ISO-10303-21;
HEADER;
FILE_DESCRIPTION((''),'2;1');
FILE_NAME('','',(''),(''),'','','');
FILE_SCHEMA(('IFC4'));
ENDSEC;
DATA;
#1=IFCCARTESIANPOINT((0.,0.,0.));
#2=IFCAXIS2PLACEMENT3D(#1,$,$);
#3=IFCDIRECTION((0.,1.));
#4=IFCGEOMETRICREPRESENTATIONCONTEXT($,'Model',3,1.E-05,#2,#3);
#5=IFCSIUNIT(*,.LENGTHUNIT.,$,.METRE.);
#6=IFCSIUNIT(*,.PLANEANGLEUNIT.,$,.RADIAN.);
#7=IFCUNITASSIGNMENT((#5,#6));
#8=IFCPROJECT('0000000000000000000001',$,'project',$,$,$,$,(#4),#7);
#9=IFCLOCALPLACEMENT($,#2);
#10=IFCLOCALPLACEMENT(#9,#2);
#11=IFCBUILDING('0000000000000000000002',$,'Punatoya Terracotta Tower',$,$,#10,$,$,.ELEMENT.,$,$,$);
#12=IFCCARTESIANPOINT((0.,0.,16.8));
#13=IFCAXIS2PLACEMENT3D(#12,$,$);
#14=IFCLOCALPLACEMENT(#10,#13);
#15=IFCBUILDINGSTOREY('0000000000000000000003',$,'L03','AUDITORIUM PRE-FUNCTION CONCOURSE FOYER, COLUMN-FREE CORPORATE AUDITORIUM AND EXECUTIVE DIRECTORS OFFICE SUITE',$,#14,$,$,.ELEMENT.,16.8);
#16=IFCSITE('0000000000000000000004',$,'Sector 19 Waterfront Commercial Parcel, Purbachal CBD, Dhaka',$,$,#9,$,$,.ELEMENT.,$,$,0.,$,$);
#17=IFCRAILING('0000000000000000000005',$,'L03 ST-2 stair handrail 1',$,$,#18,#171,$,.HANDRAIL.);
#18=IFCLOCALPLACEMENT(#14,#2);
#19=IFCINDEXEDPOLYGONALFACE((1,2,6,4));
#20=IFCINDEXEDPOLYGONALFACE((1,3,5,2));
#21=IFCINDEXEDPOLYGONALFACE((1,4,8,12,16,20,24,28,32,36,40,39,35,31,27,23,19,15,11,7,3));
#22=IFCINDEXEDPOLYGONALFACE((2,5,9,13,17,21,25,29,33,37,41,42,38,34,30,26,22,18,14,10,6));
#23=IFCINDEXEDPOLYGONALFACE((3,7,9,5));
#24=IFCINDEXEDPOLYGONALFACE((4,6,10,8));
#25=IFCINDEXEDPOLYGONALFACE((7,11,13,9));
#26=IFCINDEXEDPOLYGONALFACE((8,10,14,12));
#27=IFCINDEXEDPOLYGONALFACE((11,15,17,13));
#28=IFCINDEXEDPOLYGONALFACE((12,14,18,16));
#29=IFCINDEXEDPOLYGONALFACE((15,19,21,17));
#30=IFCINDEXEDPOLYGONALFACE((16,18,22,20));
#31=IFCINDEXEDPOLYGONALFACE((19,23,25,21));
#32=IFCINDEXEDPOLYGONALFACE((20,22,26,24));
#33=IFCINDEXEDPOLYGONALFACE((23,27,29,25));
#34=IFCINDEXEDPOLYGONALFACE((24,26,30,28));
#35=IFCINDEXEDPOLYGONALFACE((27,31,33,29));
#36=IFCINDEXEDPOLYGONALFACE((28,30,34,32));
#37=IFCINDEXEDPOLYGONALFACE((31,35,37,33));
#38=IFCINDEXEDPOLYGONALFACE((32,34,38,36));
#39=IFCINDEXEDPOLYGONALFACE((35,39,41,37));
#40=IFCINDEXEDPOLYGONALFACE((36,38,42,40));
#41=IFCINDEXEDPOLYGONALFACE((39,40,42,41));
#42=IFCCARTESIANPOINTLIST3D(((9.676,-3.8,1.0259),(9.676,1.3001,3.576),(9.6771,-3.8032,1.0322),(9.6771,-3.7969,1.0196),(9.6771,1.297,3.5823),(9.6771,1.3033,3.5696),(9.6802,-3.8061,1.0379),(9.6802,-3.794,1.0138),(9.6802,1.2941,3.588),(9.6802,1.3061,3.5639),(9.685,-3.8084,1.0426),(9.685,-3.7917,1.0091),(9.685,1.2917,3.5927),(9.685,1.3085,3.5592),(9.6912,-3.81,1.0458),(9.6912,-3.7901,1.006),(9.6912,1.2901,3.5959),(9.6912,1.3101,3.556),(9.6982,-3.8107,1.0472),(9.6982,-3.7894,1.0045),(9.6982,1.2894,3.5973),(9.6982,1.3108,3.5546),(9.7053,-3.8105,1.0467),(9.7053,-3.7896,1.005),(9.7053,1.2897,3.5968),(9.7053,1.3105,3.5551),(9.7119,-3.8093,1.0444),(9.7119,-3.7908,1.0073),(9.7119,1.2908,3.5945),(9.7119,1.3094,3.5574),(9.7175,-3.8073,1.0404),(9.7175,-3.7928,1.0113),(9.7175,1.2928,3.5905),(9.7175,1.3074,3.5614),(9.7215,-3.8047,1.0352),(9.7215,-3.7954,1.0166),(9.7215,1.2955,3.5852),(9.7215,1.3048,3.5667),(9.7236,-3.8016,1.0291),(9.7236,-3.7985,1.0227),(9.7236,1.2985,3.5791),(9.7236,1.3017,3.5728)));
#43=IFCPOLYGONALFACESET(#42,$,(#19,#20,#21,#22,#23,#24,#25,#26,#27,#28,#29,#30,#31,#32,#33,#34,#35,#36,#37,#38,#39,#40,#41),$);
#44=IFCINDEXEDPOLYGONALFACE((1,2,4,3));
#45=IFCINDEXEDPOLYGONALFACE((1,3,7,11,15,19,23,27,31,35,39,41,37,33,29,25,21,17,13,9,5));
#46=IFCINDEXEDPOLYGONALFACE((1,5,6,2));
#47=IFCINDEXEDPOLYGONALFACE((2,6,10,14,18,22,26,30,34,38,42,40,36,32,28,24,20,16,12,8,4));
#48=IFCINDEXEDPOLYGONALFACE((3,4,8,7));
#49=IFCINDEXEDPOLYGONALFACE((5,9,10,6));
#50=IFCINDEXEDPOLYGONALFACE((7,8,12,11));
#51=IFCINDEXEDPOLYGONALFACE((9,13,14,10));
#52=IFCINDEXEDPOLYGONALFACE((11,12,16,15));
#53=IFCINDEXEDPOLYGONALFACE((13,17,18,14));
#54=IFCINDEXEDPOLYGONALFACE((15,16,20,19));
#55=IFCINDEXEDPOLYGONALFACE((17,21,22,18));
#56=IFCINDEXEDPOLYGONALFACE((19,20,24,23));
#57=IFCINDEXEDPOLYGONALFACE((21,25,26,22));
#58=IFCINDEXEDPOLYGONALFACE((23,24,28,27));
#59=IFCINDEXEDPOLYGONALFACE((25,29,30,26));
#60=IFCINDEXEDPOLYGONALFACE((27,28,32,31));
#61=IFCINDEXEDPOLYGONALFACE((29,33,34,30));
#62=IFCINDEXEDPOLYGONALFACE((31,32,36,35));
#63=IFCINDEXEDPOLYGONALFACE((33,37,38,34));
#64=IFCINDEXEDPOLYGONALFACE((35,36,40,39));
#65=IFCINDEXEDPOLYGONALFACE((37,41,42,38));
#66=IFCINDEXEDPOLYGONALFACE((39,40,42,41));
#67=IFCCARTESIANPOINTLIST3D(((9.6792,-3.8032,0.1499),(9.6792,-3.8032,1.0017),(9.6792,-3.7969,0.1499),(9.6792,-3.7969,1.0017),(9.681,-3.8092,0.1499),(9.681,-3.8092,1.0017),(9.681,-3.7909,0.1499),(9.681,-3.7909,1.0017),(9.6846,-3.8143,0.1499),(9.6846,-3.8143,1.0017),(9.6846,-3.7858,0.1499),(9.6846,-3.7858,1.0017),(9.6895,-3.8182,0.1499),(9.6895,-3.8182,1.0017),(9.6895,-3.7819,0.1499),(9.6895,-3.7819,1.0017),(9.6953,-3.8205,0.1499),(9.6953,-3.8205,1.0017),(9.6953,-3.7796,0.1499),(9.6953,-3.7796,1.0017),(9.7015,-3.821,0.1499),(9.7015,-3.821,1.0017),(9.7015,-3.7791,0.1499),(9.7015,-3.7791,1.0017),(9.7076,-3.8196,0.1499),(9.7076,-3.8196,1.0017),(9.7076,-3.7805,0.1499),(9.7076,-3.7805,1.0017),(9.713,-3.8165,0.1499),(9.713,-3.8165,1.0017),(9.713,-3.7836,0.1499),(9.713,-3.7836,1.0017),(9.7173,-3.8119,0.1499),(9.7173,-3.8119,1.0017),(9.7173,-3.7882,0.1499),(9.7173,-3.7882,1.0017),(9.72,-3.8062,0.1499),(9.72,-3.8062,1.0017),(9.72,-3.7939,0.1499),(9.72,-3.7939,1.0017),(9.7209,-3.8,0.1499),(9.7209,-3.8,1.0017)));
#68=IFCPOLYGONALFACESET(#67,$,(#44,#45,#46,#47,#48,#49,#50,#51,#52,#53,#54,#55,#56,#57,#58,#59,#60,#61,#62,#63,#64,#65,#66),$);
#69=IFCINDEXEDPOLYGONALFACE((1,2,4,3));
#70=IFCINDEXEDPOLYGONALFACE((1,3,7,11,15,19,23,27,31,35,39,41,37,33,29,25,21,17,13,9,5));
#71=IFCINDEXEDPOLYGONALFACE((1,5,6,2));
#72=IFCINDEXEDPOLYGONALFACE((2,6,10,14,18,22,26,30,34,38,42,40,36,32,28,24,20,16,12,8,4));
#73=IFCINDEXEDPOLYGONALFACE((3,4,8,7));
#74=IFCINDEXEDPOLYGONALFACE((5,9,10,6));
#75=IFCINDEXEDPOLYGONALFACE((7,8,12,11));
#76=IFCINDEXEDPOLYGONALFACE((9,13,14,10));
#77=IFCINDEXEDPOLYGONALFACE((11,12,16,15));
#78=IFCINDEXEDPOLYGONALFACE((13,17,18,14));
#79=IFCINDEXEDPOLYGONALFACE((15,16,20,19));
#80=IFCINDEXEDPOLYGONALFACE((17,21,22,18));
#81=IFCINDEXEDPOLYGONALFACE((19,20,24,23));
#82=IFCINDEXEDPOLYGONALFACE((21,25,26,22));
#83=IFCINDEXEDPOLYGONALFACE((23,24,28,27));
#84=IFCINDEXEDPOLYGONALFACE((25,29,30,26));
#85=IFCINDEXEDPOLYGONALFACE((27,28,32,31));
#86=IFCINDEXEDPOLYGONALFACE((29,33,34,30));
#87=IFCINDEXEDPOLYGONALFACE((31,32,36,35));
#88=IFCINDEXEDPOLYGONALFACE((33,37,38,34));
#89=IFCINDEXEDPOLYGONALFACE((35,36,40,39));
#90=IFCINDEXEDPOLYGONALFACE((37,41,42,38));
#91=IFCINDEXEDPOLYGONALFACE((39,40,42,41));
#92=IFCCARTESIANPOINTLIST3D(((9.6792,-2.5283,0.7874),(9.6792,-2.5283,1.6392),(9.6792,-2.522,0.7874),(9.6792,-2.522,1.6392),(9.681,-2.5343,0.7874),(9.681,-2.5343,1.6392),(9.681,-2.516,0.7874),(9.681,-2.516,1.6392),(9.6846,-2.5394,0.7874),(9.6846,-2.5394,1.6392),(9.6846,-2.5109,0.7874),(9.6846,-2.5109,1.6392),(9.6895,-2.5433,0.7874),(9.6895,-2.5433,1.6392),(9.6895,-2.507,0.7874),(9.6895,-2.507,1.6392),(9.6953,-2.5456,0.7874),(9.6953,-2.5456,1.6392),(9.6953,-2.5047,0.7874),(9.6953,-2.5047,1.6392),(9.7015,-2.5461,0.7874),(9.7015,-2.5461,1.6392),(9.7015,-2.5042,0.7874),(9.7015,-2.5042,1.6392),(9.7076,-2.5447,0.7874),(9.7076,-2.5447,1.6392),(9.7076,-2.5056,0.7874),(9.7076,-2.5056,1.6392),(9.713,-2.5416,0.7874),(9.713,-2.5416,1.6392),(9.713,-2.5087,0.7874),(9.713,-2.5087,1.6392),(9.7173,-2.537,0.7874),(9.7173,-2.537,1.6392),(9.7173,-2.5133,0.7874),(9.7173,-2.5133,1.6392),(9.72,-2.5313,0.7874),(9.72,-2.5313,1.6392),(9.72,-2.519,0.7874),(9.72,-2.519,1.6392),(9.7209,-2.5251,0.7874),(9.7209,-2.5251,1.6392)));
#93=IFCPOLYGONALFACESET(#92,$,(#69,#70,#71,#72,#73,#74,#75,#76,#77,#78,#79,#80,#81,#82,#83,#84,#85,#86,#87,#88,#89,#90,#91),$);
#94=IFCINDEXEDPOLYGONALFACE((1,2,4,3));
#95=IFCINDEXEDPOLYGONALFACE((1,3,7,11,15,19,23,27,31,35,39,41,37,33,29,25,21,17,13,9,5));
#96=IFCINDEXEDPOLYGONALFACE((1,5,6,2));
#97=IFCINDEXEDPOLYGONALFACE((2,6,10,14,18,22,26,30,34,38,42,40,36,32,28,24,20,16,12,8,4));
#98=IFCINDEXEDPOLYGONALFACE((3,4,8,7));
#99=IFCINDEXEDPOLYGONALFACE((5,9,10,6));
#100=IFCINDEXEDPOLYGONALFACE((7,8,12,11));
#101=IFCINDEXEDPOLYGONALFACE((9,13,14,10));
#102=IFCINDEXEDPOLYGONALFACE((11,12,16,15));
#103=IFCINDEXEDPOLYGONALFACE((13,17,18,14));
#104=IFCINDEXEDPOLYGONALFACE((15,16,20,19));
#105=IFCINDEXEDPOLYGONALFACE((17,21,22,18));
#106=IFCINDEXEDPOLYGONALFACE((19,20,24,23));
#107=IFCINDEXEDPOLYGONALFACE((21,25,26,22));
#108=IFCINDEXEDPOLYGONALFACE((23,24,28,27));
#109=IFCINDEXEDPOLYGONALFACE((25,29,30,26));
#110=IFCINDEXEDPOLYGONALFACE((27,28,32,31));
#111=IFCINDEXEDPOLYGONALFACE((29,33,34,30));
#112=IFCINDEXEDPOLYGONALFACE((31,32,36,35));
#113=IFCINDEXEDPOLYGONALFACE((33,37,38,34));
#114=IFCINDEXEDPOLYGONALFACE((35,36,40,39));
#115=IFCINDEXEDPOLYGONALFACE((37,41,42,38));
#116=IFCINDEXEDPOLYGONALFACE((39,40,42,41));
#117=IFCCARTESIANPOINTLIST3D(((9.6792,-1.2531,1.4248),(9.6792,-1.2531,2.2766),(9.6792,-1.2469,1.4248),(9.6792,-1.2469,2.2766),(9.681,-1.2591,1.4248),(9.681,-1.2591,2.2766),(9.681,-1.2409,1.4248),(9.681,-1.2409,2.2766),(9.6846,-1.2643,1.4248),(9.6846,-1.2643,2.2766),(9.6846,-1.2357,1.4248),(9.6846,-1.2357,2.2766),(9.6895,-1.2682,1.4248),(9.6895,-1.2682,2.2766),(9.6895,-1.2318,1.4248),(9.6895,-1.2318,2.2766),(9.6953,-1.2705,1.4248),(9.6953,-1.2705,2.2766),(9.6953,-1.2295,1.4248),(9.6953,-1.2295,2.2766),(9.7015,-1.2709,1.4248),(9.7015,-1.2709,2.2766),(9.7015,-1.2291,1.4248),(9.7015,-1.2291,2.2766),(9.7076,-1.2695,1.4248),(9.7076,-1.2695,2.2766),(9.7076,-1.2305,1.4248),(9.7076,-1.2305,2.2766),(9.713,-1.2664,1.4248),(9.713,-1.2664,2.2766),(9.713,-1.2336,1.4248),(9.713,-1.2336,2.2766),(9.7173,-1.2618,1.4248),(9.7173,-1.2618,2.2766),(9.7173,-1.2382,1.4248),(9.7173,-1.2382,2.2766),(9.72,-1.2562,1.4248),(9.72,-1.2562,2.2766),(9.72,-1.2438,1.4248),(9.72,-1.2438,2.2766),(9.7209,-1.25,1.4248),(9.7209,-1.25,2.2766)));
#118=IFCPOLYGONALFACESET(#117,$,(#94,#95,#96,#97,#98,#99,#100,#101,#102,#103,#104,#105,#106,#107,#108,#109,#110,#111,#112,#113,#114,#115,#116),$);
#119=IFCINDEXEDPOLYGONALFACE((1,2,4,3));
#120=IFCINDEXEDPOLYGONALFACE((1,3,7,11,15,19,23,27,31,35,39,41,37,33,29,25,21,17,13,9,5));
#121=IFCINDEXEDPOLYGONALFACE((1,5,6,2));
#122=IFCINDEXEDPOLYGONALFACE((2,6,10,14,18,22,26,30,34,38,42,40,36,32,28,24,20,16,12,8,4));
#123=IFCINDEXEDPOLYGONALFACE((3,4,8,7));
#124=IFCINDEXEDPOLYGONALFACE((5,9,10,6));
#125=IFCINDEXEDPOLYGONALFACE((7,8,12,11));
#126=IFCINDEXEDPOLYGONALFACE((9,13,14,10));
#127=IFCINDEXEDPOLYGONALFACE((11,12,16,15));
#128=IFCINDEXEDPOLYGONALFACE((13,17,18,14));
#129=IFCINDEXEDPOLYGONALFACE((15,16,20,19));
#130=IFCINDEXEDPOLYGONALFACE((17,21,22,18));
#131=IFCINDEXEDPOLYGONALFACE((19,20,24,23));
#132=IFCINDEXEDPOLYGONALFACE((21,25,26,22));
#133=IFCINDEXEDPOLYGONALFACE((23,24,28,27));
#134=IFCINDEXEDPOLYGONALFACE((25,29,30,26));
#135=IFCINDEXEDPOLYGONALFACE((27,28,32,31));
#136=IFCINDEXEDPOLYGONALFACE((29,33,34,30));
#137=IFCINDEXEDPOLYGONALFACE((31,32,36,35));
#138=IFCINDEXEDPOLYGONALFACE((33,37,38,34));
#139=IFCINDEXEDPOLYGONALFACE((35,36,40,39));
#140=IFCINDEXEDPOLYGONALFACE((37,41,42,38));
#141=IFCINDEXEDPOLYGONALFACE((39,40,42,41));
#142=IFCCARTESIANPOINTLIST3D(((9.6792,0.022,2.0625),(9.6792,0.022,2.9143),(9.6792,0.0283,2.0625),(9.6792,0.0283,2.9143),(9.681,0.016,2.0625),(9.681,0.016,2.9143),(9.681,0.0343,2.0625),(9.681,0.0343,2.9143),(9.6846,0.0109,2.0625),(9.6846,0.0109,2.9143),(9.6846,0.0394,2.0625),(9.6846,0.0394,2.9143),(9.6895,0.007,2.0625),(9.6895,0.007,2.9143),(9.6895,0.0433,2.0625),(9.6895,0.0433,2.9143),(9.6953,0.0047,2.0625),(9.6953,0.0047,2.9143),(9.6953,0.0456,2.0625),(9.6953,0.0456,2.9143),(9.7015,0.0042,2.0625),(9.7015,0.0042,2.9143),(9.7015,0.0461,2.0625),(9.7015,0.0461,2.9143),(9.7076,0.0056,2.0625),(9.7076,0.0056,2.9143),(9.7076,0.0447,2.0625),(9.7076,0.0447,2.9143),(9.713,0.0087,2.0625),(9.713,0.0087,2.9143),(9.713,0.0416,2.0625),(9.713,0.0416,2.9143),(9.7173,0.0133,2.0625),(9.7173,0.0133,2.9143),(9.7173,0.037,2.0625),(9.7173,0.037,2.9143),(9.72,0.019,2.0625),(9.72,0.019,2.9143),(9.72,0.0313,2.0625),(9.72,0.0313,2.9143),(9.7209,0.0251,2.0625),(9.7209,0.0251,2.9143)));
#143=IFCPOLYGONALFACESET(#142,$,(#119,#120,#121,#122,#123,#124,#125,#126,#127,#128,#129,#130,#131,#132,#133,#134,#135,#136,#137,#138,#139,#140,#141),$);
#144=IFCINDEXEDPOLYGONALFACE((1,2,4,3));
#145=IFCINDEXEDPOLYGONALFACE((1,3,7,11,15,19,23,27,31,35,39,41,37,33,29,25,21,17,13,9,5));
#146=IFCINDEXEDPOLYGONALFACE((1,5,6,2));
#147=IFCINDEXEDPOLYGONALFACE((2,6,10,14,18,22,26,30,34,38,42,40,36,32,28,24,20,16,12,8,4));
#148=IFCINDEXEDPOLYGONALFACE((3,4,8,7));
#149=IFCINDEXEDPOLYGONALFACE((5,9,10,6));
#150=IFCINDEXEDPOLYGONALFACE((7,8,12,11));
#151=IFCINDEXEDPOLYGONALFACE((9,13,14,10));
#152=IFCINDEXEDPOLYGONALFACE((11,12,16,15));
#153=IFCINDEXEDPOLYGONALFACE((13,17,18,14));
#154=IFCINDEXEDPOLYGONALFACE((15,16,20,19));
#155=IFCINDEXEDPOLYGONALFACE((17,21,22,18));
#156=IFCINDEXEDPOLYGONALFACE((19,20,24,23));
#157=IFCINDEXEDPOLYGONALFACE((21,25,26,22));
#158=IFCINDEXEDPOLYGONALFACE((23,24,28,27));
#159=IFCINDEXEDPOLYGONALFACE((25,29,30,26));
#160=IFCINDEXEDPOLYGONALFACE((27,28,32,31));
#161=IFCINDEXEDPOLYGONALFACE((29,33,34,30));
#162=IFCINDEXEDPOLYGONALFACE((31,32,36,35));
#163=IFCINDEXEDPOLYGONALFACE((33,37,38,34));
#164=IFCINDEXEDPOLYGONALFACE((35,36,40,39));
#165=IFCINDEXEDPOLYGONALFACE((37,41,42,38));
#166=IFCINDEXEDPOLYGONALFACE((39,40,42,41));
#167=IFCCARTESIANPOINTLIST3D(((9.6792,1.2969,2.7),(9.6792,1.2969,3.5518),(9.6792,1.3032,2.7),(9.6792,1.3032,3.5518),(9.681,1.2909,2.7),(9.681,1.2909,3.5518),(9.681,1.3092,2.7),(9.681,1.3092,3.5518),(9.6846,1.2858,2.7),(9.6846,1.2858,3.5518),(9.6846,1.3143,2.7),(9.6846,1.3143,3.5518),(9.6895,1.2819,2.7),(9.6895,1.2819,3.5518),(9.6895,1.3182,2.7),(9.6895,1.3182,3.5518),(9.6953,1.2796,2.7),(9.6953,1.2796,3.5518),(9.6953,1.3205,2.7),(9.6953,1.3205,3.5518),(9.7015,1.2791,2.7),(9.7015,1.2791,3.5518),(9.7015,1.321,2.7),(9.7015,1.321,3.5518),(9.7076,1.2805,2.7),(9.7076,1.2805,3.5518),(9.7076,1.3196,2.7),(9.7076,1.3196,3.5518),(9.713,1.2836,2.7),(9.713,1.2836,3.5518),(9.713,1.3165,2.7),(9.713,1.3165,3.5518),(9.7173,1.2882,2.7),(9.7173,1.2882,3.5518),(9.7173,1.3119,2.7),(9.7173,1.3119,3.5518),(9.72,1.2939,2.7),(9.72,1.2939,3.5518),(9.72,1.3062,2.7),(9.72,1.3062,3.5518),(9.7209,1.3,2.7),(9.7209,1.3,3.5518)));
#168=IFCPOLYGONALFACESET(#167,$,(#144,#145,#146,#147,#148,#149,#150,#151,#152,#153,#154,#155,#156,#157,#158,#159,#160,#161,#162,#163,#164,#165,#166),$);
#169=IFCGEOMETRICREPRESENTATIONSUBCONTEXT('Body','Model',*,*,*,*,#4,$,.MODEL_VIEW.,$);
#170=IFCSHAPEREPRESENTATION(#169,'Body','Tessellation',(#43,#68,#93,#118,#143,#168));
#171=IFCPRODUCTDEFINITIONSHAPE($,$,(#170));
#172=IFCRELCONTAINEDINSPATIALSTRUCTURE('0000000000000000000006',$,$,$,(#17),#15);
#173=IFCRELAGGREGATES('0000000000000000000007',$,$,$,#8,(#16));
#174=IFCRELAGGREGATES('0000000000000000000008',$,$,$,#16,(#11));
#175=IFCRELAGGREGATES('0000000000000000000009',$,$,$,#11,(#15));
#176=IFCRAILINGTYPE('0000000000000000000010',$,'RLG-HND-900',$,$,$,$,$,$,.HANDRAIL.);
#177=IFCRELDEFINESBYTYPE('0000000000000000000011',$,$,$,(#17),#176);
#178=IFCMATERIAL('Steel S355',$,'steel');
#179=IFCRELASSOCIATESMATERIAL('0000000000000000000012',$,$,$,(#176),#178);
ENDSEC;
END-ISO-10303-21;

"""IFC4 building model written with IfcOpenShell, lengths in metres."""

from ifc_helpers import new_model, si_unit, direction, frame, origin, origin_2d, place, context, subcontext, project, spatial, circle, extrude, material, type_object, element, save


model = new_model("IFC4")

# Units and contexts
model_context = context("Model", 3, precision=1e-05, world=origin(), true_north=direction((0.0, 1.0)))
body_context = subcontext(model_context, "Body", "Model", "MODEL_VIEW")
ifc_project = project(units=[si_unit("LENGTHUNIT", "METRE"), si_unit("PLANEANGLEUNIT", "RADIAN")], contexts=[model_context])

# Site, building, storey
site_placement = place(None, origin())
site = spatial("IfcSite", under=ifc_project, at=site_placement, Name="Sector 19 Waterfront Commercial Parcel, Purbachal CBD, Dhaka", CompositionType="ELEMENT", RefElevation=0.0)
building_placement = place(site_placement, origin())
building = spatial("IfcBuilding", under=site, at=building_placement, Name="Punatoya Terracotta Tower", CompositionType="ELEMENT")
storey_placement = place(building_placement, frame((0.0, 0.0, 16.8)))
storey = spatial("IfcBuildingStorey", under=building, at=storey_placement, Name="L03", Description="AUDITORIUM PRE-FUNCTION CONCOURSE FOYER, COLUMN-FREE CORPORATE AUDITORIUM AND EXECUTIVE DIRECTORS OFFICE SUITE", CompositionType="ELEMENT", Elevation=16.8)

# Shared definitions
ifc_material_1 = material(Name="Steel S355", Category="steel")

# Railing
railing_type_1 = type_object("IfcRailingType", Name="RLG-HND-900", PredefinedType="HANDRAIL", material=ifc_material_1)
railing_1_placement = place(storey_placement, frame((9.7, -3.8, 0.1499)))
element("IfcRailing", 1, at=railing_1_placement, inside=storey, type_object=railing_type_1, Name="L03 ST-2 stair handrail 1", PredefinedType="HANDRAIL", context=body_context, shape_type="SweptSolid", body=[
    extrude(circle(Radius=0.0239, at=origin_2d()), frame((0.0, 0.0, 0.876), z_axis=(0.0, 0.894427, 0.447214), x_axis=(-1.0, 0.0, 0.0)), (0.0, 0.0, 1.0), 5.7021),
    extrude(circle(Radius=0.021, at=origin_2d()), origin(), (0.0, 0.0, 1.0), 0.8518),
    extrude(circle(Radius=0.021, at=origin_2d()), frame((0.0, 1.2749, 0.6375)), (0.0, 0.0, 1.0), 0.8518),
    extrude(circle(Radius=0.021, at=origin_2d()), frame((0.0, 2.55, 1.2749)), (0.0, 0.0, 1.0), 0.8518),
    extrude(circle(Radius=0.021, at=origin_2d()), frame((0.0, 3.8252, 1.9126)), (0.0, 0.0, 1.0), 0.8518),
    extrude(circle(Radius=0.021, at=origin_2d()), frame((0.0, 5.1001, 2.55)), (0.0, 0.0, 1.0), 0.8518),
])

save(model, "model.ifc")
